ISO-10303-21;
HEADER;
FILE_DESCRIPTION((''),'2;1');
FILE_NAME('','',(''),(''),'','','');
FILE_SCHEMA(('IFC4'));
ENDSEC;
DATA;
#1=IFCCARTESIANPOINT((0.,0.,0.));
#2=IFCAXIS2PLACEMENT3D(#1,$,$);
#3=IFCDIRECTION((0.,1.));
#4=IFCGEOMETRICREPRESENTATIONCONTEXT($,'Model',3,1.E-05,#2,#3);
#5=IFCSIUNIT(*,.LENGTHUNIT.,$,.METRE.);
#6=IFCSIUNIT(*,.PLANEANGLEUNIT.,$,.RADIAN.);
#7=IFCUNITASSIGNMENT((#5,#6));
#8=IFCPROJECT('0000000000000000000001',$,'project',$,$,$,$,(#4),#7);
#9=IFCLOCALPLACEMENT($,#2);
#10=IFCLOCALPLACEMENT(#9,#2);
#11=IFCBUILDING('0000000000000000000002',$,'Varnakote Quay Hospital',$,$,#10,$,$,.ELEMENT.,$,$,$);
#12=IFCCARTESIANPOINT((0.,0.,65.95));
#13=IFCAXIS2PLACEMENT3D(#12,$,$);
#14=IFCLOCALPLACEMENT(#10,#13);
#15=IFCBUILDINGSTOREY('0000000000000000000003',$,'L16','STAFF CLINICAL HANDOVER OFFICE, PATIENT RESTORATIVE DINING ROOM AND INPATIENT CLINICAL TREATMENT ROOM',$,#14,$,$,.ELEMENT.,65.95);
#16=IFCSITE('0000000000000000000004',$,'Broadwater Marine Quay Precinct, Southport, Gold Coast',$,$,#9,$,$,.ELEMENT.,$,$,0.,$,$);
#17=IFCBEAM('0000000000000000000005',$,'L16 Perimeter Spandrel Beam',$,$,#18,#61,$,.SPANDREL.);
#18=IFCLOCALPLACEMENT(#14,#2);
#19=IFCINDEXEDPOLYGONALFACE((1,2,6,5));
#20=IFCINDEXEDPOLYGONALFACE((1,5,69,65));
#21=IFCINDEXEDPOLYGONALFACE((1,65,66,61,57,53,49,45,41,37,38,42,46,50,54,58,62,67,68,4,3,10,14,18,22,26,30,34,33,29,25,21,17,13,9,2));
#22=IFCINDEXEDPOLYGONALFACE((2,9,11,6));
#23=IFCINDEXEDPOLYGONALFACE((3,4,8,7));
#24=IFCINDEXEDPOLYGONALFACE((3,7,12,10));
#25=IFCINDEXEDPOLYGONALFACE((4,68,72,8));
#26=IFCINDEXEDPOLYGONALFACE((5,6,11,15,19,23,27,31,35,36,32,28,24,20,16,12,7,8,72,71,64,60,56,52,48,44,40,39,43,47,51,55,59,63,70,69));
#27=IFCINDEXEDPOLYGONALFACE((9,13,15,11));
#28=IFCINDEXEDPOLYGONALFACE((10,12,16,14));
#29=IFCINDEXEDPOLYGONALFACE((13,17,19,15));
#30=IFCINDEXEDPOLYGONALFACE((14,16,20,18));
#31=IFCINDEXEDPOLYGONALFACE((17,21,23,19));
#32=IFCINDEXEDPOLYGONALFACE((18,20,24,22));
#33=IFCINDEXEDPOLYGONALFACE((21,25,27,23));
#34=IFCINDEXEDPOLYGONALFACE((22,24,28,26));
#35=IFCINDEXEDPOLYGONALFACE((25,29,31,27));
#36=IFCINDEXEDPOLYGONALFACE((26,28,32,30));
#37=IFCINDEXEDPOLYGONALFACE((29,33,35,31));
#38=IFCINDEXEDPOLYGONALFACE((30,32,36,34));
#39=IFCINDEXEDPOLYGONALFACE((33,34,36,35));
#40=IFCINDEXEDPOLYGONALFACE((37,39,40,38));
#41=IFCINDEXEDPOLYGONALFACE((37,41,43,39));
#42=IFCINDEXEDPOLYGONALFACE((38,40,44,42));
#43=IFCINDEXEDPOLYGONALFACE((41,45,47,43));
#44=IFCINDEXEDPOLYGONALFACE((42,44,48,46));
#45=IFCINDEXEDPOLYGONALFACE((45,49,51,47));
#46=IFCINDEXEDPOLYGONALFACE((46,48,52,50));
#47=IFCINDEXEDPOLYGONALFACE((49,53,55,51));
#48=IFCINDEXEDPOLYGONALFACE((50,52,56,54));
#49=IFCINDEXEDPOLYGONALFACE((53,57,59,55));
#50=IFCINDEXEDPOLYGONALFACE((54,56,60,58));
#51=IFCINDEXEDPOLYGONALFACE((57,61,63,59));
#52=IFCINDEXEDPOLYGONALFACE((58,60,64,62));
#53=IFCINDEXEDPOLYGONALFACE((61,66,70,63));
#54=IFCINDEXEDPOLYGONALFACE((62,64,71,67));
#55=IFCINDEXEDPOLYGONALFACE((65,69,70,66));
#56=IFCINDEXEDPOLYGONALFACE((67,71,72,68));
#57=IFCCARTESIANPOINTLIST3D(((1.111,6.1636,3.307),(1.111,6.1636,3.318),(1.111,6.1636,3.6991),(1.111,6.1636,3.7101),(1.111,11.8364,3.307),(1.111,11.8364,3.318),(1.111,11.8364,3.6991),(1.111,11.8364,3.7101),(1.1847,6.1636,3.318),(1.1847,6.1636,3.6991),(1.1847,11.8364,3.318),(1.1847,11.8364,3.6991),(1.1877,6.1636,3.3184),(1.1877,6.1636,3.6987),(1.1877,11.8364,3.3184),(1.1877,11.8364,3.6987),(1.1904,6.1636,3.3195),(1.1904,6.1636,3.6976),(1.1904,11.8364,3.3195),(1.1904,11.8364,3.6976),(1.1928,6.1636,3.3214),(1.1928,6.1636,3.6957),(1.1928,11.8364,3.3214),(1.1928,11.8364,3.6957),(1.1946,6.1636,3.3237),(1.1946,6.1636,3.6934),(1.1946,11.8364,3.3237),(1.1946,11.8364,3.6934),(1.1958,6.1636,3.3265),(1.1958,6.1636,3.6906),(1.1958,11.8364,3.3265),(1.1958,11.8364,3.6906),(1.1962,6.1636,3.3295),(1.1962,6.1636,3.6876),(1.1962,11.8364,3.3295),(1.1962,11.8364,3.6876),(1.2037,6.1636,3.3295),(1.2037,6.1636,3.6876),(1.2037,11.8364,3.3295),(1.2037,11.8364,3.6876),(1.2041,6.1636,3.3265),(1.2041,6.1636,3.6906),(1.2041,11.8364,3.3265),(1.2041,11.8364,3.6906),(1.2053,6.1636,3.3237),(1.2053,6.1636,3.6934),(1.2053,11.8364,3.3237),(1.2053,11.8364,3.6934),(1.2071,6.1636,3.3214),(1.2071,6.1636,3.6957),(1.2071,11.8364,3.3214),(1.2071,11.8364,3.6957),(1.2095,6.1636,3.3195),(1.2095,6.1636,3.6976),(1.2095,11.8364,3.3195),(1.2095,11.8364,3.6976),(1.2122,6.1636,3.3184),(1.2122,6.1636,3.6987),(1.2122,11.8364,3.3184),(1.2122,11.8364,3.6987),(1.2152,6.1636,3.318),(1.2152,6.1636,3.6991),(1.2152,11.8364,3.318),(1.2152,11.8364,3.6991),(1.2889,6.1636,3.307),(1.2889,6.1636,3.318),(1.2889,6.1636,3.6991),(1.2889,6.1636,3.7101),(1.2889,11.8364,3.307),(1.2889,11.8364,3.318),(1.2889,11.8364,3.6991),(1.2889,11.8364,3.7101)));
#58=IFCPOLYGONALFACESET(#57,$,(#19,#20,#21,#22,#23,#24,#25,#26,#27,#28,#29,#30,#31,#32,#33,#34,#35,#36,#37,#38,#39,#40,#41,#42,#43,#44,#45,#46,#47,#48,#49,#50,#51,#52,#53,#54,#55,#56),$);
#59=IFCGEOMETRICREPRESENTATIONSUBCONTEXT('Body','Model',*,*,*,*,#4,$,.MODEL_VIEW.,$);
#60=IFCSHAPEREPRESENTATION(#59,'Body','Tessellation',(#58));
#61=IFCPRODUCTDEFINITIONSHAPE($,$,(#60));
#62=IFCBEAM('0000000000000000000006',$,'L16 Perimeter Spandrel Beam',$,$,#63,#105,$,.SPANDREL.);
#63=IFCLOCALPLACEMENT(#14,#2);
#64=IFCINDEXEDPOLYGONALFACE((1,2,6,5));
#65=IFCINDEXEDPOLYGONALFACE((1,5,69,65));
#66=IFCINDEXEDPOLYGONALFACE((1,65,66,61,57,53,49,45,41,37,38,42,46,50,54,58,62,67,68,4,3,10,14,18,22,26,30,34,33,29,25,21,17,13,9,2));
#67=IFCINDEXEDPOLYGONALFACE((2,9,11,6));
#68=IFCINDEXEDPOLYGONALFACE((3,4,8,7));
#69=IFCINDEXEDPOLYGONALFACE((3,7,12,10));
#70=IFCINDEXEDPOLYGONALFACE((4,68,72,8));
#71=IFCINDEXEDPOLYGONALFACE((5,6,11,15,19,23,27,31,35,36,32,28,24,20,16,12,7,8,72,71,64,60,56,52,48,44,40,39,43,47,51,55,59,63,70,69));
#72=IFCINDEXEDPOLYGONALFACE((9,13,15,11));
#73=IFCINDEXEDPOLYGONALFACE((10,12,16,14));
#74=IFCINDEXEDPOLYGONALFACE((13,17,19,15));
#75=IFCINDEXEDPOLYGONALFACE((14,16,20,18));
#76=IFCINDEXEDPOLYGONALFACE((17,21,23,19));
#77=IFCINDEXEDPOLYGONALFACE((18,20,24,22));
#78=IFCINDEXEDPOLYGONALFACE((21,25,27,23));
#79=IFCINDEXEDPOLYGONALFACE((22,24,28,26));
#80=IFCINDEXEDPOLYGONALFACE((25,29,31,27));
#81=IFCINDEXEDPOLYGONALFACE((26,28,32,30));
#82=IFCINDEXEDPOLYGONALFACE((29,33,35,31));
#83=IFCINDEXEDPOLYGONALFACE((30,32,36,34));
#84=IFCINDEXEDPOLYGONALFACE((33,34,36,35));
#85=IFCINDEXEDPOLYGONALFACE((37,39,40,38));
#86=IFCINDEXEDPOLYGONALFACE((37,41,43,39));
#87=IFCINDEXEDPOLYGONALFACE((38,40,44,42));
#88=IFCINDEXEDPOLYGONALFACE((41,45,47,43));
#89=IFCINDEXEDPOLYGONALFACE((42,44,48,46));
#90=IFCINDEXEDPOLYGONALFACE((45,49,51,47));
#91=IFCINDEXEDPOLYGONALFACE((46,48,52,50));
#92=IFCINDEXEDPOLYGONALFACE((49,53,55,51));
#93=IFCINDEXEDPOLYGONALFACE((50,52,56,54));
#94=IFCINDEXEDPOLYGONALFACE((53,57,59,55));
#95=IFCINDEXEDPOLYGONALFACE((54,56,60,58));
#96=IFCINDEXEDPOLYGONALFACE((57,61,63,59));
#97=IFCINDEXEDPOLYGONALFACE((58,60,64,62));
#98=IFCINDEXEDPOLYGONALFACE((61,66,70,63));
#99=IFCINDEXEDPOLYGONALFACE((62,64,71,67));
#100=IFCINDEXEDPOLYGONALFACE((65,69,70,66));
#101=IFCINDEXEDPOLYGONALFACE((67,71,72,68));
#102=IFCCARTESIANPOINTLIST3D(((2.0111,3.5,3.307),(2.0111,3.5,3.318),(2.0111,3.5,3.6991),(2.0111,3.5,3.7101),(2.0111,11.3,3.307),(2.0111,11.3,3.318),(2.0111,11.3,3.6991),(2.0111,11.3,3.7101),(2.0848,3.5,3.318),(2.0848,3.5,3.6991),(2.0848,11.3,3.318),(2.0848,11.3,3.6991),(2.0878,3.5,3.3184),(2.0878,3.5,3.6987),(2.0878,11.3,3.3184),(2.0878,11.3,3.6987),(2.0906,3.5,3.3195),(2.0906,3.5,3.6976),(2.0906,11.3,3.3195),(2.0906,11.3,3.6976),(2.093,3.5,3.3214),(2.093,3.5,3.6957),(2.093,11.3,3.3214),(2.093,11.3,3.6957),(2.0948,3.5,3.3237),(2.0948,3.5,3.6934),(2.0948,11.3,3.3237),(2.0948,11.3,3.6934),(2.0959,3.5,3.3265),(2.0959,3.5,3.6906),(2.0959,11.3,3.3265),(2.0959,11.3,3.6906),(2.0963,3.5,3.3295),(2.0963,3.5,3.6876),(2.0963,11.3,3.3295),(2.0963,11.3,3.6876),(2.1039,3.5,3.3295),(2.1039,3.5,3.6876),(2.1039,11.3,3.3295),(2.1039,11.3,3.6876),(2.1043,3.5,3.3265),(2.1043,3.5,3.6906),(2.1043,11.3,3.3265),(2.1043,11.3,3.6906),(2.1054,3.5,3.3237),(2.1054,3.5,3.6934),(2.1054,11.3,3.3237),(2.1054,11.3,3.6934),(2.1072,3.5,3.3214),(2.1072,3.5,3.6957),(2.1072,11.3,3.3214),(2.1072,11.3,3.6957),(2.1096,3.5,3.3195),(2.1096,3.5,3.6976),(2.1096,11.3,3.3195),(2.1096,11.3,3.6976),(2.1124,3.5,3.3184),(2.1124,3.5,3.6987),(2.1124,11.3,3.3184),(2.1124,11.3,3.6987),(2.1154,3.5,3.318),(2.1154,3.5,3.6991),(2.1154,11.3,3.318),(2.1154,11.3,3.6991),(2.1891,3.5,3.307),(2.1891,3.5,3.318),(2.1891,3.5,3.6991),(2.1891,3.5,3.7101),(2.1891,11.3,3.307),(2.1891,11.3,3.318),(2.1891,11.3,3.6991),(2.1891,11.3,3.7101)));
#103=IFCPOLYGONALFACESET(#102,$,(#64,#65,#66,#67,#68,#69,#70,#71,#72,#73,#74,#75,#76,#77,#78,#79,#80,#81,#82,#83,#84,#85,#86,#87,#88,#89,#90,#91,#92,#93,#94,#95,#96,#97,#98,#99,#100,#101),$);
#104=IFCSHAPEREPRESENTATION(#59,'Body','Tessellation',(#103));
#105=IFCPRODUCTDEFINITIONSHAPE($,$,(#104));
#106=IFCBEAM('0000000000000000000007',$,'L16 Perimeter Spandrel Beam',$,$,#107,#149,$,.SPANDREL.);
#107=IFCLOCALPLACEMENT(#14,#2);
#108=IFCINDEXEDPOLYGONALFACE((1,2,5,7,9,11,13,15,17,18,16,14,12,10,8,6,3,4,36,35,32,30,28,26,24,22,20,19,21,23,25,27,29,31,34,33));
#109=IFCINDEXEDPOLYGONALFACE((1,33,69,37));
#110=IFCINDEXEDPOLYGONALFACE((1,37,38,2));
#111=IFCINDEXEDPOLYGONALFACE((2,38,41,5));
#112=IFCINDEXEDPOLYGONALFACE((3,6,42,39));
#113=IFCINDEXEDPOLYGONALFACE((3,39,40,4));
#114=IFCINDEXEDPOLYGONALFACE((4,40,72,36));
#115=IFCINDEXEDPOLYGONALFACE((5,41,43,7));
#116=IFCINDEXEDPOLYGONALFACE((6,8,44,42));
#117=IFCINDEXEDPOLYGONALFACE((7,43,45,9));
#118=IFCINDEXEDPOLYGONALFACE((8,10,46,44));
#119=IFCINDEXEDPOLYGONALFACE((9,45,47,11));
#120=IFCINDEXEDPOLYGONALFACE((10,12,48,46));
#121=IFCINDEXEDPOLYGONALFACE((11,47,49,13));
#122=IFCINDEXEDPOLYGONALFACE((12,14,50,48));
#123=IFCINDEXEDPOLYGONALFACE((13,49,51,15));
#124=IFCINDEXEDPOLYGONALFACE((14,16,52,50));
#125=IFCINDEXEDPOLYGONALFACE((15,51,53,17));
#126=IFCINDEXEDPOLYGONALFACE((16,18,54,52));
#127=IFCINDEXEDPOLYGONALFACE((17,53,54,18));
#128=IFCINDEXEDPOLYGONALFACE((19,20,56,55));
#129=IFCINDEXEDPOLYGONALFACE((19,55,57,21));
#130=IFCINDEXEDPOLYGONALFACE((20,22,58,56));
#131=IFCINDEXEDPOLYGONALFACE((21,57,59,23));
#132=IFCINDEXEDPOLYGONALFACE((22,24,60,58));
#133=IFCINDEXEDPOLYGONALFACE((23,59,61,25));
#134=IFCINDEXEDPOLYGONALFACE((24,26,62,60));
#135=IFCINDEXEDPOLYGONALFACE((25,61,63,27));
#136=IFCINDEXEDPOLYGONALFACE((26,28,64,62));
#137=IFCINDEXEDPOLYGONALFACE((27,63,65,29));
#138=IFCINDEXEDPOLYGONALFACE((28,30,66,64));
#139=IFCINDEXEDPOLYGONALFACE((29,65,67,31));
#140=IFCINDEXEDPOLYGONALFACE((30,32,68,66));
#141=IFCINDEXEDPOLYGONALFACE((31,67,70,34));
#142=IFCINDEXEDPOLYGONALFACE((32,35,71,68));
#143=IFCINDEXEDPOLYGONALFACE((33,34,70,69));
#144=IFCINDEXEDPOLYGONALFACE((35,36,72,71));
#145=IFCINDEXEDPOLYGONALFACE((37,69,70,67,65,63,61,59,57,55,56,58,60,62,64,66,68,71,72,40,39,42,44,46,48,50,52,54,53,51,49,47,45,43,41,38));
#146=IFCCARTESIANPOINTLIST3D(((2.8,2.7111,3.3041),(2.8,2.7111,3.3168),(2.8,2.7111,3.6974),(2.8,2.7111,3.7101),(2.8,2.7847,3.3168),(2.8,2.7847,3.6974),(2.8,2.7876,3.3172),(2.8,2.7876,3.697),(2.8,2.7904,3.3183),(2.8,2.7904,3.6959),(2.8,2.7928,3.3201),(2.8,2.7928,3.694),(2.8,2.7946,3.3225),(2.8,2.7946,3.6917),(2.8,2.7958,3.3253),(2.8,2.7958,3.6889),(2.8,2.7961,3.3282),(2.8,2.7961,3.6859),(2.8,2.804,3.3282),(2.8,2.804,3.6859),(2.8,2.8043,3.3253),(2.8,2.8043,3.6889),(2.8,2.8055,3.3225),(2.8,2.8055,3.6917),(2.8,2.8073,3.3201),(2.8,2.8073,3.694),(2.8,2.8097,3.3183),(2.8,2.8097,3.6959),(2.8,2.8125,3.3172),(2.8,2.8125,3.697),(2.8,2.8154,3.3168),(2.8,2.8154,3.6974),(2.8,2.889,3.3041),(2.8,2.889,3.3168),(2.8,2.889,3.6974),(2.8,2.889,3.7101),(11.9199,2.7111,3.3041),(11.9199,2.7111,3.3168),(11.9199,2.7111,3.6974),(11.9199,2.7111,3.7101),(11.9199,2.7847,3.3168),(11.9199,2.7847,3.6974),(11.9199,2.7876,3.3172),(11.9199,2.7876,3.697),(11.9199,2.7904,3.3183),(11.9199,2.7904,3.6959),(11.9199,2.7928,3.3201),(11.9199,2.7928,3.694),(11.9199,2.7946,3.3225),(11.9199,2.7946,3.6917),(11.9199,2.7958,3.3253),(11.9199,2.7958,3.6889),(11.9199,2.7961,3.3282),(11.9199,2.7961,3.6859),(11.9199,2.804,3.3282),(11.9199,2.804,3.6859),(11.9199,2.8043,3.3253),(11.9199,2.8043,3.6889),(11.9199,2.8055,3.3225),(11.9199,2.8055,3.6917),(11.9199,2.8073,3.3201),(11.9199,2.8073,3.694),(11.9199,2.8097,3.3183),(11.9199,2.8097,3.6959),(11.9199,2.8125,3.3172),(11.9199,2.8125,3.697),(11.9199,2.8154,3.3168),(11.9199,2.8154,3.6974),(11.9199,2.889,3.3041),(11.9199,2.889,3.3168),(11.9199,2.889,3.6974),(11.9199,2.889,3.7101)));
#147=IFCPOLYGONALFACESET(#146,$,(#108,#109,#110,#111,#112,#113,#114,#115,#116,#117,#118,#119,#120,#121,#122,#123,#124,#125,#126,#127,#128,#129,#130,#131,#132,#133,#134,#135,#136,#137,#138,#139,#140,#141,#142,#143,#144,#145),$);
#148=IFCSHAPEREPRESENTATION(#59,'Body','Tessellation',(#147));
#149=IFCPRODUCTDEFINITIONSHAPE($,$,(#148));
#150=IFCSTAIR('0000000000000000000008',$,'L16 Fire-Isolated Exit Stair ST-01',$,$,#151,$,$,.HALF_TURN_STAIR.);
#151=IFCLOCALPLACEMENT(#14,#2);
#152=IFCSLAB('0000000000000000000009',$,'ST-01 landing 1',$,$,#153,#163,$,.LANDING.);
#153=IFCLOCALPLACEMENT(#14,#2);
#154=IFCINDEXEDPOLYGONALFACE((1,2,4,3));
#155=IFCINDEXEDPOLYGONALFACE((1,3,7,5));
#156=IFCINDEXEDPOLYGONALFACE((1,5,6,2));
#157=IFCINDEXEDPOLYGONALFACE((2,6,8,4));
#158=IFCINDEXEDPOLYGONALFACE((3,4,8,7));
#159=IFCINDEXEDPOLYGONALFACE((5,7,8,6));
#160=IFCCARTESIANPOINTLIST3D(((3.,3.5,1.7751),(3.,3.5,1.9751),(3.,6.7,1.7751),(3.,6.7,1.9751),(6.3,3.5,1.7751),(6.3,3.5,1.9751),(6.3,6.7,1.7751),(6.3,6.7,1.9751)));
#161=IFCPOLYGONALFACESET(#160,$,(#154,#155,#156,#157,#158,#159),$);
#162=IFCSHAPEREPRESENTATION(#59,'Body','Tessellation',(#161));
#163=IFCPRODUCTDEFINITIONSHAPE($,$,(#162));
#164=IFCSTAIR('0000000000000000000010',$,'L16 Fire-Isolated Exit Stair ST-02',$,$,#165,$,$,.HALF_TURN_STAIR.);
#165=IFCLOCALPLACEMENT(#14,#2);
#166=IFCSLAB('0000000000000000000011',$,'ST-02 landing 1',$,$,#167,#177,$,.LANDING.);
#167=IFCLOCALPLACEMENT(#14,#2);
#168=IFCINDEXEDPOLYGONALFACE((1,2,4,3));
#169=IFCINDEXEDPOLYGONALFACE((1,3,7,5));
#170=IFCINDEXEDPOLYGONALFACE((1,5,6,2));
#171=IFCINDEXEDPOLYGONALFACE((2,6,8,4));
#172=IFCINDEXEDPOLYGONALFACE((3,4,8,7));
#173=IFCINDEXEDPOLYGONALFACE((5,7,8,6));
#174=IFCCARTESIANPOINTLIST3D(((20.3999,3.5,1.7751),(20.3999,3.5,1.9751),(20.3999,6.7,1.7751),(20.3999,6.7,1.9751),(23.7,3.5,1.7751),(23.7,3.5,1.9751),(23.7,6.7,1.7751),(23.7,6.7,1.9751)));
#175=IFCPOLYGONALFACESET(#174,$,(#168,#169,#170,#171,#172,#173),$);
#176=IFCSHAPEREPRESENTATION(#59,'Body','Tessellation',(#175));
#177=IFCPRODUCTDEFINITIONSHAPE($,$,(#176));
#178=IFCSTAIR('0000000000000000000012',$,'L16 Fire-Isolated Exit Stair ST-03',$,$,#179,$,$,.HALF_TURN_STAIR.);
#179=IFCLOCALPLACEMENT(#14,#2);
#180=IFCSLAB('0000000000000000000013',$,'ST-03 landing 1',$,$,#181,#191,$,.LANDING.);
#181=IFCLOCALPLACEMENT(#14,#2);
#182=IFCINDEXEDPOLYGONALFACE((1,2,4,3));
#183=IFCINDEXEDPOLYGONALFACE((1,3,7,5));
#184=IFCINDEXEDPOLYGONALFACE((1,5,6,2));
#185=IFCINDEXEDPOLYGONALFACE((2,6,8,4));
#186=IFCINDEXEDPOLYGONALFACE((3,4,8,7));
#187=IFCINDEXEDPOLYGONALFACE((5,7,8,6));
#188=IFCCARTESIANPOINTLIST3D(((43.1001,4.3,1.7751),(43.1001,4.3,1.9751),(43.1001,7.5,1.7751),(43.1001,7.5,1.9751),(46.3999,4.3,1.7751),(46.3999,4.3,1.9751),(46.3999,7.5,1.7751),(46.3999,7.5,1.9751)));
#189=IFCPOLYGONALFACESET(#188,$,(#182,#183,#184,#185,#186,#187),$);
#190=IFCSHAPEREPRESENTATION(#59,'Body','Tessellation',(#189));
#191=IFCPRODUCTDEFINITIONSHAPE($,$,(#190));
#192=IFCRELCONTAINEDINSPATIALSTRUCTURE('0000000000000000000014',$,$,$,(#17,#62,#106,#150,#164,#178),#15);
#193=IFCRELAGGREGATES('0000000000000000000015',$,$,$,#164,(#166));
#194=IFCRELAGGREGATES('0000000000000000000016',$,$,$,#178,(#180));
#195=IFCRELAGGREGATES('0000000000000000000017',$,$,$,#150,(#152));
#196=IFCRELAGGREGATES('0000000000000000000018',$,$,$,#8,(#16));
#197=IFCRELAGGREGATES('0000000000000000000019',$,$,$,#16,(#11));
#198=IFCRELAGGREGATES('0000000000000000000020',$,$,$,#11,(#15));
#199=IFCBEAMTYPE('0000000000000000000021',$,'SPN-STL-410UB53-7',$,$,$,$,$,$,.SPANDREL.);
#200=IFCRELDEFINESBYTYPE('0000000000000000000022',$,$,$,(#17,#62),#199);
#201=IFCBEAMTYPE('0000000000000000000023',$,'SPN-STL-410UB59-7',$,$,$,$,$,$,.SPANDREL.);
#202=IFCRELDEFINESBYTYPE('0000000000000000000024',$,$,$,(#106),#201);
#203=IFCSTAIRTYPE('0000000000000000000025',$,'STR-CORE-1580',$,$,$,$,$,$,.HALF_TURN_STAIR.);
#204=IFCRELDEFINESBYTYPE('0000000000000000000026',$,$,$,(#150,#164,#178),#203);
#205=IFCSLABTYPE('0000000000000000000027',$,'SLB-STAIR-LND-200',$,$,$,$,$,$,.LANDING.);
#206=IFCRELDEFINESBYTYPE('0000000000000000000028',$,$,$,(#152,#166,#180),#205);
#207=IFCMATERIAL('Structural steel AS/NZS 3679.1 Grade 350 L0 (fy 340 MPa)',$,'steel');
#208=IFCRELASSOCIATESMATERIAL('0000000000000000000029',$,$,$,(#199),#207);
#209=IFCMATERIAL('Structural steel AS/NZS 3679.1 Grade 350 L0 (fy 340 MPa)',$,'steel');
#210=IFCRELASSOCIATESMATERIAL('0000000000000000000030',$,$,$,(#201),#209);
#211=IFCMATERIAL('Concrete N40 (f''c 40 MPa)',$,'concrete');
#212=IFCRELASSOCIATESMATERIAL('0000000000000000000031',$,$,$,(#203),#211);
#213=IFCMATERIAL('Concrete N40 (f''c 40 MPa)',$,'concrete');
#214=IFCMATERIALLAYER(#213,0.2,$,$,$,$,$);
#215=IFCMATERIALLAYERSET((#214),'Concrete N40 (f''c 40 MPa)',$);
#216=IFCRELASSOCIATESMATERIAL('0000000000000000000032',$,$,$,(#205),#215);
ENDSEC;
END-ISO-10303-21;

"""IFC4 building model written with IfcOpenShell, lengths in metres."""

from ifc_helpers import new_model, si_unit, direction, frame, origin, origin_2d, place, context, subcontext, project, spatial, polyline, i_section, outline, extrude, material, layer, layer_set, material_profile, profile_set, type_object, element, aggregate, save


model = new_model("IFC4")

# Units and contexts
model_context = context("Model", 3, precision=1e-05, world=origin(), true_north=direction((0.0, 1.0)))
body_context = subcontext(model_context, "Body", "Model", "MODEL_VIEW")
ifc_project = project(units=[si_unit("LENGTHUNIT", "METRE"), si_unit("PLANEANGLEUNIT", "RADIAN")], contexts=[model_context])

# Site, building, storey
site_placement = place(None, origin())
site = spatial("IfcSite", under=ifc_project, at=site_placement, Name="Broadwater Marine Quay Precinct, Southport, Gold Coast", CompositionType="ELEMENT", RefElevation=0.0)
building_placement = place(site_placement, origin())
building = spatial("IfcBuilding", under=site, at=building_placement, Name="Varnakote Quay Hospital", CompositionType="ELEMENT")
storey_placement = place(building_placement, frame((0.0, 0.0, 65.95)))
storey = spatial("IfcBuildingStorey", under=building, at=storey_placement, Name="L16", Description="STAFF CLINICAL HANDOVER OFFICE, PATIENT RESTORATIVE DINING ROOM AND INPATIENT CLINICAL TREATMENT ROOM", CompositionType="ELEMENT", Elevation=65.95)

# Beams
ifc_material_1 = material(Name="Structural steel AS/NZS 3679.1 Grade 350 L0 (fy 340 MPa)", Category="steel")
ifc_material_profile_1 = material_profile(ifc_material_1, i_section(OverallWidth=0.178, OverallDepth=0.4031, WebThickness=0.0076, FlangeThickness=0.011, FilletRadius=0.0115, at=origin_2d()), Name="410UB53.7")
ifc_profile_set_1 = profile_set([ifc_material_profile_1], Name="Structural steel AS/NZS 3679.1 Grade 350 L0 (fy 340 MPa)")
beam_type_1 = type_object("IfcBeamType", Name="SPN-STL-410UB53-7", PredefinedType="SPANDREL", material=ifc_profile_set_1)
beam_1_placement = place(storey_placement, frame((1.2, 6.1636, 3.5085), z_axis=(0.0, 1.0, 0.0), x_axis=(-1.0, 0.0, 0.0)))
element("IfcBeam", 1, at=beam_1_placement, inside=storey, type_object=beam_type_1, Name="L16 Perimeter Spandrel Beam", PredefinedType="SPANDREL", context=body_context, shape_type="SweptSolid", body=[
    extrude(i_section(OverallWidth=0.178, OverallDepth=0.4031, WebThickness=0.0076, FlangeThickness=0.011, FilletRadius=0.0115, at=origin_2d()), origin(), (0.0, 0.0, 1.0), 5.6729),
])
beam_2_placement = place(storey_placement, frame((2.1001, 3.5, 3.5085), z_axis=(0.0, 1.0, 0.0), x_axis=(-1.0, 0.0, 0.0)))
element("IfcBeam", 2, at=beam_2_placement, inside=storey, type_object=beam_type_1, Name="L16 Perimeter Spandrel Beam", PredefinedType="SPANDREL", context=body_context, shape_type="SweptSolid", body=[
    extrude(i_section(OverallWidth=0.178, OverallDepth=0.4031, WebThickness=0.0076, FlangeThickness=0.011, FilletRadius=0.0115, at=origin_2d()), origin(), (0.0, 0.0, 1.0), 7.8),
])
ifc_material_2 = material(Name="Structural steel AS/NZS 3679.1 Grade 350 L0 (fy 340 MPa)", Category="steel")
ifc_material_profile_2 = material_profile(ifc_material_2, i_section(OverallWidth=0.178, OverallDepth=0.406, WebThickness=0.0078, FlangeThickness=0.0127, FilletRadius=0.0115, at=origin_2d()), Name="410UB59.7")
ifc_profile_set_2 = profile_set([ifc_material_profile_2], Name="Structural steel AS/NZS 3679.1 Grade 350 L0 (fy 340 MPa)")
beam_type_2 = type_object("IfcBeamType", Name="SPN-STL-410UB59-7", PredefinedType="SPANDREL", material=ifc_profile_set_2)
beam_3_placement = place(storey_placement, frame((2.8, 2.8, 3.5071), z_axis=(1.0, 0.0, 0.0), x_axis=(0.0, 1.0, 0.0)))
element("IfcBeam", 3, at=beam_3_placement, inside=storey, type_object=beam_type_2, Name="L16 Perimeter Spandrel Beam", PredefinedType="SPANDREL", context=body_context, shape_type="SweptSolid", body=[
    extrude(i_section(OverallWidth=0.178, OverallDepth=0.406, WebThickness=0.0078, FlangeThickness=0.0127, FilletRadius=0.0115, at=origin_2d()), origin(), (0.0, 0.0, 1.0), 9.1199),
])

# Stairs, slabs
ifc_material_3 = material(Name="Concrete N40 (f'c 40 MPa)", Category="concrete")
stair_type = type_object("IfcStairType", Name="STR-CORE-1580", PredefinedType="HALF_TURN_STAIR", material=ifc_material_3)
stair_1_placement = place(storey_placement, origin())
stair_1 = element("IfcStair", 4, at=stair_1_placement, inside=storey, type_object=stair_type, Name="L16 Fire-Isolated Exit Stair ST-01", PredefinedType="HALF_TURN_STAIR")
ifc_material_4 = material(Name="Concrete N40 (f'c 40 MPa)", Category="concrete")
ifc_layer_1 = layer(ifc_material_4, 0.2)
ifc_layer_set_1 = layer_set([ifc_layer_1], Name="Concrete N40 (f'c 40 MPa)")
slab_type_1 = type_object("IfcSlabType", Name="SLB-STAIR-LND-200", PredefinedType="LANDING", material=ifc_layer_set_1)
slab_1_placement = place(storey_placement, frame((0.0, 0.0, 1.7751)))
slab_1 = element("IfcSlab", 5, at=slab_1_placement, type_object=slab_type_1, Name="ST-01 landing 1", PredefinedType="LANDING", context=body_context, shape_type="SweptSolid", body=[
    extrude(outline(polyline([(3.0, 6.7), (3.0, 3.5), (6.3, 3.5), (6.3, 6.7), (3.0, 6.7)])), origin(), (0.0, 0.0, 1.0), 0.2),
])
stair_2_placement = place(storey_placement, origin())
stair_2 = element("IfcStair", 6, at=stair_2_placement, inside=storey, type_object=stair_type, Name="L16 Fire-Isolated Exit Stair ST-02", PredefinedType="HALF_TURN_STAIR")
slab_2_placement = place(storey_placement, frame((0.0, 0.0, 1.7751)))
slab_2 = element("IfcSlab", 7, at=slab_2_placement, type_object=slab_type_1, Name="ST-02 landing 1", PredefinedType="LANDING", context=body_context, shape_type="SweptSolid", body=[
    extrude(outline(polyline([(20.3999, 6.7), (20.3999, 3.5), (23.7, 3.5), (23.7, 6.7), (20.3999, 6.7)])), origin(), (0.0, 0.0, 1.0), 0.2),
])
aggregate(stair_2, [slab_2])
stair_3_placement = place(storey_placement, origin())
stair_3 = element("IfcStair", 8, at=stair_3_placement, inside=storey, type_object=stair_type, Name="L16 Fire-Isolated Exit Stair ST-03", PredefinedType="HALF_TURN_STAIR")
slab_3_placement = place(storey_placement, frame((0.0, 0.0, 1.7751)))
slab_3 = element("IfcSlab", 9, at=slab_3_placement, type_object=slab_type_1, Name="ST-03 landing 1", PredefinedType="LANDING", context=body_context, shape_type="SweptSolid", body=[
    extrude(outline(polyline([(43.1001, 7.5), (43.1001, 4.3), (46.3999, 4.3), (46.3999, 7.5), (43.1001, 7.5)])), origin(), (0.0, 0.0, 1.0), 0.2),
])
aggregate(stair_3, [slab_3])

aggregate(stair_1, [slab_1])

save(model, "model.ifc")
